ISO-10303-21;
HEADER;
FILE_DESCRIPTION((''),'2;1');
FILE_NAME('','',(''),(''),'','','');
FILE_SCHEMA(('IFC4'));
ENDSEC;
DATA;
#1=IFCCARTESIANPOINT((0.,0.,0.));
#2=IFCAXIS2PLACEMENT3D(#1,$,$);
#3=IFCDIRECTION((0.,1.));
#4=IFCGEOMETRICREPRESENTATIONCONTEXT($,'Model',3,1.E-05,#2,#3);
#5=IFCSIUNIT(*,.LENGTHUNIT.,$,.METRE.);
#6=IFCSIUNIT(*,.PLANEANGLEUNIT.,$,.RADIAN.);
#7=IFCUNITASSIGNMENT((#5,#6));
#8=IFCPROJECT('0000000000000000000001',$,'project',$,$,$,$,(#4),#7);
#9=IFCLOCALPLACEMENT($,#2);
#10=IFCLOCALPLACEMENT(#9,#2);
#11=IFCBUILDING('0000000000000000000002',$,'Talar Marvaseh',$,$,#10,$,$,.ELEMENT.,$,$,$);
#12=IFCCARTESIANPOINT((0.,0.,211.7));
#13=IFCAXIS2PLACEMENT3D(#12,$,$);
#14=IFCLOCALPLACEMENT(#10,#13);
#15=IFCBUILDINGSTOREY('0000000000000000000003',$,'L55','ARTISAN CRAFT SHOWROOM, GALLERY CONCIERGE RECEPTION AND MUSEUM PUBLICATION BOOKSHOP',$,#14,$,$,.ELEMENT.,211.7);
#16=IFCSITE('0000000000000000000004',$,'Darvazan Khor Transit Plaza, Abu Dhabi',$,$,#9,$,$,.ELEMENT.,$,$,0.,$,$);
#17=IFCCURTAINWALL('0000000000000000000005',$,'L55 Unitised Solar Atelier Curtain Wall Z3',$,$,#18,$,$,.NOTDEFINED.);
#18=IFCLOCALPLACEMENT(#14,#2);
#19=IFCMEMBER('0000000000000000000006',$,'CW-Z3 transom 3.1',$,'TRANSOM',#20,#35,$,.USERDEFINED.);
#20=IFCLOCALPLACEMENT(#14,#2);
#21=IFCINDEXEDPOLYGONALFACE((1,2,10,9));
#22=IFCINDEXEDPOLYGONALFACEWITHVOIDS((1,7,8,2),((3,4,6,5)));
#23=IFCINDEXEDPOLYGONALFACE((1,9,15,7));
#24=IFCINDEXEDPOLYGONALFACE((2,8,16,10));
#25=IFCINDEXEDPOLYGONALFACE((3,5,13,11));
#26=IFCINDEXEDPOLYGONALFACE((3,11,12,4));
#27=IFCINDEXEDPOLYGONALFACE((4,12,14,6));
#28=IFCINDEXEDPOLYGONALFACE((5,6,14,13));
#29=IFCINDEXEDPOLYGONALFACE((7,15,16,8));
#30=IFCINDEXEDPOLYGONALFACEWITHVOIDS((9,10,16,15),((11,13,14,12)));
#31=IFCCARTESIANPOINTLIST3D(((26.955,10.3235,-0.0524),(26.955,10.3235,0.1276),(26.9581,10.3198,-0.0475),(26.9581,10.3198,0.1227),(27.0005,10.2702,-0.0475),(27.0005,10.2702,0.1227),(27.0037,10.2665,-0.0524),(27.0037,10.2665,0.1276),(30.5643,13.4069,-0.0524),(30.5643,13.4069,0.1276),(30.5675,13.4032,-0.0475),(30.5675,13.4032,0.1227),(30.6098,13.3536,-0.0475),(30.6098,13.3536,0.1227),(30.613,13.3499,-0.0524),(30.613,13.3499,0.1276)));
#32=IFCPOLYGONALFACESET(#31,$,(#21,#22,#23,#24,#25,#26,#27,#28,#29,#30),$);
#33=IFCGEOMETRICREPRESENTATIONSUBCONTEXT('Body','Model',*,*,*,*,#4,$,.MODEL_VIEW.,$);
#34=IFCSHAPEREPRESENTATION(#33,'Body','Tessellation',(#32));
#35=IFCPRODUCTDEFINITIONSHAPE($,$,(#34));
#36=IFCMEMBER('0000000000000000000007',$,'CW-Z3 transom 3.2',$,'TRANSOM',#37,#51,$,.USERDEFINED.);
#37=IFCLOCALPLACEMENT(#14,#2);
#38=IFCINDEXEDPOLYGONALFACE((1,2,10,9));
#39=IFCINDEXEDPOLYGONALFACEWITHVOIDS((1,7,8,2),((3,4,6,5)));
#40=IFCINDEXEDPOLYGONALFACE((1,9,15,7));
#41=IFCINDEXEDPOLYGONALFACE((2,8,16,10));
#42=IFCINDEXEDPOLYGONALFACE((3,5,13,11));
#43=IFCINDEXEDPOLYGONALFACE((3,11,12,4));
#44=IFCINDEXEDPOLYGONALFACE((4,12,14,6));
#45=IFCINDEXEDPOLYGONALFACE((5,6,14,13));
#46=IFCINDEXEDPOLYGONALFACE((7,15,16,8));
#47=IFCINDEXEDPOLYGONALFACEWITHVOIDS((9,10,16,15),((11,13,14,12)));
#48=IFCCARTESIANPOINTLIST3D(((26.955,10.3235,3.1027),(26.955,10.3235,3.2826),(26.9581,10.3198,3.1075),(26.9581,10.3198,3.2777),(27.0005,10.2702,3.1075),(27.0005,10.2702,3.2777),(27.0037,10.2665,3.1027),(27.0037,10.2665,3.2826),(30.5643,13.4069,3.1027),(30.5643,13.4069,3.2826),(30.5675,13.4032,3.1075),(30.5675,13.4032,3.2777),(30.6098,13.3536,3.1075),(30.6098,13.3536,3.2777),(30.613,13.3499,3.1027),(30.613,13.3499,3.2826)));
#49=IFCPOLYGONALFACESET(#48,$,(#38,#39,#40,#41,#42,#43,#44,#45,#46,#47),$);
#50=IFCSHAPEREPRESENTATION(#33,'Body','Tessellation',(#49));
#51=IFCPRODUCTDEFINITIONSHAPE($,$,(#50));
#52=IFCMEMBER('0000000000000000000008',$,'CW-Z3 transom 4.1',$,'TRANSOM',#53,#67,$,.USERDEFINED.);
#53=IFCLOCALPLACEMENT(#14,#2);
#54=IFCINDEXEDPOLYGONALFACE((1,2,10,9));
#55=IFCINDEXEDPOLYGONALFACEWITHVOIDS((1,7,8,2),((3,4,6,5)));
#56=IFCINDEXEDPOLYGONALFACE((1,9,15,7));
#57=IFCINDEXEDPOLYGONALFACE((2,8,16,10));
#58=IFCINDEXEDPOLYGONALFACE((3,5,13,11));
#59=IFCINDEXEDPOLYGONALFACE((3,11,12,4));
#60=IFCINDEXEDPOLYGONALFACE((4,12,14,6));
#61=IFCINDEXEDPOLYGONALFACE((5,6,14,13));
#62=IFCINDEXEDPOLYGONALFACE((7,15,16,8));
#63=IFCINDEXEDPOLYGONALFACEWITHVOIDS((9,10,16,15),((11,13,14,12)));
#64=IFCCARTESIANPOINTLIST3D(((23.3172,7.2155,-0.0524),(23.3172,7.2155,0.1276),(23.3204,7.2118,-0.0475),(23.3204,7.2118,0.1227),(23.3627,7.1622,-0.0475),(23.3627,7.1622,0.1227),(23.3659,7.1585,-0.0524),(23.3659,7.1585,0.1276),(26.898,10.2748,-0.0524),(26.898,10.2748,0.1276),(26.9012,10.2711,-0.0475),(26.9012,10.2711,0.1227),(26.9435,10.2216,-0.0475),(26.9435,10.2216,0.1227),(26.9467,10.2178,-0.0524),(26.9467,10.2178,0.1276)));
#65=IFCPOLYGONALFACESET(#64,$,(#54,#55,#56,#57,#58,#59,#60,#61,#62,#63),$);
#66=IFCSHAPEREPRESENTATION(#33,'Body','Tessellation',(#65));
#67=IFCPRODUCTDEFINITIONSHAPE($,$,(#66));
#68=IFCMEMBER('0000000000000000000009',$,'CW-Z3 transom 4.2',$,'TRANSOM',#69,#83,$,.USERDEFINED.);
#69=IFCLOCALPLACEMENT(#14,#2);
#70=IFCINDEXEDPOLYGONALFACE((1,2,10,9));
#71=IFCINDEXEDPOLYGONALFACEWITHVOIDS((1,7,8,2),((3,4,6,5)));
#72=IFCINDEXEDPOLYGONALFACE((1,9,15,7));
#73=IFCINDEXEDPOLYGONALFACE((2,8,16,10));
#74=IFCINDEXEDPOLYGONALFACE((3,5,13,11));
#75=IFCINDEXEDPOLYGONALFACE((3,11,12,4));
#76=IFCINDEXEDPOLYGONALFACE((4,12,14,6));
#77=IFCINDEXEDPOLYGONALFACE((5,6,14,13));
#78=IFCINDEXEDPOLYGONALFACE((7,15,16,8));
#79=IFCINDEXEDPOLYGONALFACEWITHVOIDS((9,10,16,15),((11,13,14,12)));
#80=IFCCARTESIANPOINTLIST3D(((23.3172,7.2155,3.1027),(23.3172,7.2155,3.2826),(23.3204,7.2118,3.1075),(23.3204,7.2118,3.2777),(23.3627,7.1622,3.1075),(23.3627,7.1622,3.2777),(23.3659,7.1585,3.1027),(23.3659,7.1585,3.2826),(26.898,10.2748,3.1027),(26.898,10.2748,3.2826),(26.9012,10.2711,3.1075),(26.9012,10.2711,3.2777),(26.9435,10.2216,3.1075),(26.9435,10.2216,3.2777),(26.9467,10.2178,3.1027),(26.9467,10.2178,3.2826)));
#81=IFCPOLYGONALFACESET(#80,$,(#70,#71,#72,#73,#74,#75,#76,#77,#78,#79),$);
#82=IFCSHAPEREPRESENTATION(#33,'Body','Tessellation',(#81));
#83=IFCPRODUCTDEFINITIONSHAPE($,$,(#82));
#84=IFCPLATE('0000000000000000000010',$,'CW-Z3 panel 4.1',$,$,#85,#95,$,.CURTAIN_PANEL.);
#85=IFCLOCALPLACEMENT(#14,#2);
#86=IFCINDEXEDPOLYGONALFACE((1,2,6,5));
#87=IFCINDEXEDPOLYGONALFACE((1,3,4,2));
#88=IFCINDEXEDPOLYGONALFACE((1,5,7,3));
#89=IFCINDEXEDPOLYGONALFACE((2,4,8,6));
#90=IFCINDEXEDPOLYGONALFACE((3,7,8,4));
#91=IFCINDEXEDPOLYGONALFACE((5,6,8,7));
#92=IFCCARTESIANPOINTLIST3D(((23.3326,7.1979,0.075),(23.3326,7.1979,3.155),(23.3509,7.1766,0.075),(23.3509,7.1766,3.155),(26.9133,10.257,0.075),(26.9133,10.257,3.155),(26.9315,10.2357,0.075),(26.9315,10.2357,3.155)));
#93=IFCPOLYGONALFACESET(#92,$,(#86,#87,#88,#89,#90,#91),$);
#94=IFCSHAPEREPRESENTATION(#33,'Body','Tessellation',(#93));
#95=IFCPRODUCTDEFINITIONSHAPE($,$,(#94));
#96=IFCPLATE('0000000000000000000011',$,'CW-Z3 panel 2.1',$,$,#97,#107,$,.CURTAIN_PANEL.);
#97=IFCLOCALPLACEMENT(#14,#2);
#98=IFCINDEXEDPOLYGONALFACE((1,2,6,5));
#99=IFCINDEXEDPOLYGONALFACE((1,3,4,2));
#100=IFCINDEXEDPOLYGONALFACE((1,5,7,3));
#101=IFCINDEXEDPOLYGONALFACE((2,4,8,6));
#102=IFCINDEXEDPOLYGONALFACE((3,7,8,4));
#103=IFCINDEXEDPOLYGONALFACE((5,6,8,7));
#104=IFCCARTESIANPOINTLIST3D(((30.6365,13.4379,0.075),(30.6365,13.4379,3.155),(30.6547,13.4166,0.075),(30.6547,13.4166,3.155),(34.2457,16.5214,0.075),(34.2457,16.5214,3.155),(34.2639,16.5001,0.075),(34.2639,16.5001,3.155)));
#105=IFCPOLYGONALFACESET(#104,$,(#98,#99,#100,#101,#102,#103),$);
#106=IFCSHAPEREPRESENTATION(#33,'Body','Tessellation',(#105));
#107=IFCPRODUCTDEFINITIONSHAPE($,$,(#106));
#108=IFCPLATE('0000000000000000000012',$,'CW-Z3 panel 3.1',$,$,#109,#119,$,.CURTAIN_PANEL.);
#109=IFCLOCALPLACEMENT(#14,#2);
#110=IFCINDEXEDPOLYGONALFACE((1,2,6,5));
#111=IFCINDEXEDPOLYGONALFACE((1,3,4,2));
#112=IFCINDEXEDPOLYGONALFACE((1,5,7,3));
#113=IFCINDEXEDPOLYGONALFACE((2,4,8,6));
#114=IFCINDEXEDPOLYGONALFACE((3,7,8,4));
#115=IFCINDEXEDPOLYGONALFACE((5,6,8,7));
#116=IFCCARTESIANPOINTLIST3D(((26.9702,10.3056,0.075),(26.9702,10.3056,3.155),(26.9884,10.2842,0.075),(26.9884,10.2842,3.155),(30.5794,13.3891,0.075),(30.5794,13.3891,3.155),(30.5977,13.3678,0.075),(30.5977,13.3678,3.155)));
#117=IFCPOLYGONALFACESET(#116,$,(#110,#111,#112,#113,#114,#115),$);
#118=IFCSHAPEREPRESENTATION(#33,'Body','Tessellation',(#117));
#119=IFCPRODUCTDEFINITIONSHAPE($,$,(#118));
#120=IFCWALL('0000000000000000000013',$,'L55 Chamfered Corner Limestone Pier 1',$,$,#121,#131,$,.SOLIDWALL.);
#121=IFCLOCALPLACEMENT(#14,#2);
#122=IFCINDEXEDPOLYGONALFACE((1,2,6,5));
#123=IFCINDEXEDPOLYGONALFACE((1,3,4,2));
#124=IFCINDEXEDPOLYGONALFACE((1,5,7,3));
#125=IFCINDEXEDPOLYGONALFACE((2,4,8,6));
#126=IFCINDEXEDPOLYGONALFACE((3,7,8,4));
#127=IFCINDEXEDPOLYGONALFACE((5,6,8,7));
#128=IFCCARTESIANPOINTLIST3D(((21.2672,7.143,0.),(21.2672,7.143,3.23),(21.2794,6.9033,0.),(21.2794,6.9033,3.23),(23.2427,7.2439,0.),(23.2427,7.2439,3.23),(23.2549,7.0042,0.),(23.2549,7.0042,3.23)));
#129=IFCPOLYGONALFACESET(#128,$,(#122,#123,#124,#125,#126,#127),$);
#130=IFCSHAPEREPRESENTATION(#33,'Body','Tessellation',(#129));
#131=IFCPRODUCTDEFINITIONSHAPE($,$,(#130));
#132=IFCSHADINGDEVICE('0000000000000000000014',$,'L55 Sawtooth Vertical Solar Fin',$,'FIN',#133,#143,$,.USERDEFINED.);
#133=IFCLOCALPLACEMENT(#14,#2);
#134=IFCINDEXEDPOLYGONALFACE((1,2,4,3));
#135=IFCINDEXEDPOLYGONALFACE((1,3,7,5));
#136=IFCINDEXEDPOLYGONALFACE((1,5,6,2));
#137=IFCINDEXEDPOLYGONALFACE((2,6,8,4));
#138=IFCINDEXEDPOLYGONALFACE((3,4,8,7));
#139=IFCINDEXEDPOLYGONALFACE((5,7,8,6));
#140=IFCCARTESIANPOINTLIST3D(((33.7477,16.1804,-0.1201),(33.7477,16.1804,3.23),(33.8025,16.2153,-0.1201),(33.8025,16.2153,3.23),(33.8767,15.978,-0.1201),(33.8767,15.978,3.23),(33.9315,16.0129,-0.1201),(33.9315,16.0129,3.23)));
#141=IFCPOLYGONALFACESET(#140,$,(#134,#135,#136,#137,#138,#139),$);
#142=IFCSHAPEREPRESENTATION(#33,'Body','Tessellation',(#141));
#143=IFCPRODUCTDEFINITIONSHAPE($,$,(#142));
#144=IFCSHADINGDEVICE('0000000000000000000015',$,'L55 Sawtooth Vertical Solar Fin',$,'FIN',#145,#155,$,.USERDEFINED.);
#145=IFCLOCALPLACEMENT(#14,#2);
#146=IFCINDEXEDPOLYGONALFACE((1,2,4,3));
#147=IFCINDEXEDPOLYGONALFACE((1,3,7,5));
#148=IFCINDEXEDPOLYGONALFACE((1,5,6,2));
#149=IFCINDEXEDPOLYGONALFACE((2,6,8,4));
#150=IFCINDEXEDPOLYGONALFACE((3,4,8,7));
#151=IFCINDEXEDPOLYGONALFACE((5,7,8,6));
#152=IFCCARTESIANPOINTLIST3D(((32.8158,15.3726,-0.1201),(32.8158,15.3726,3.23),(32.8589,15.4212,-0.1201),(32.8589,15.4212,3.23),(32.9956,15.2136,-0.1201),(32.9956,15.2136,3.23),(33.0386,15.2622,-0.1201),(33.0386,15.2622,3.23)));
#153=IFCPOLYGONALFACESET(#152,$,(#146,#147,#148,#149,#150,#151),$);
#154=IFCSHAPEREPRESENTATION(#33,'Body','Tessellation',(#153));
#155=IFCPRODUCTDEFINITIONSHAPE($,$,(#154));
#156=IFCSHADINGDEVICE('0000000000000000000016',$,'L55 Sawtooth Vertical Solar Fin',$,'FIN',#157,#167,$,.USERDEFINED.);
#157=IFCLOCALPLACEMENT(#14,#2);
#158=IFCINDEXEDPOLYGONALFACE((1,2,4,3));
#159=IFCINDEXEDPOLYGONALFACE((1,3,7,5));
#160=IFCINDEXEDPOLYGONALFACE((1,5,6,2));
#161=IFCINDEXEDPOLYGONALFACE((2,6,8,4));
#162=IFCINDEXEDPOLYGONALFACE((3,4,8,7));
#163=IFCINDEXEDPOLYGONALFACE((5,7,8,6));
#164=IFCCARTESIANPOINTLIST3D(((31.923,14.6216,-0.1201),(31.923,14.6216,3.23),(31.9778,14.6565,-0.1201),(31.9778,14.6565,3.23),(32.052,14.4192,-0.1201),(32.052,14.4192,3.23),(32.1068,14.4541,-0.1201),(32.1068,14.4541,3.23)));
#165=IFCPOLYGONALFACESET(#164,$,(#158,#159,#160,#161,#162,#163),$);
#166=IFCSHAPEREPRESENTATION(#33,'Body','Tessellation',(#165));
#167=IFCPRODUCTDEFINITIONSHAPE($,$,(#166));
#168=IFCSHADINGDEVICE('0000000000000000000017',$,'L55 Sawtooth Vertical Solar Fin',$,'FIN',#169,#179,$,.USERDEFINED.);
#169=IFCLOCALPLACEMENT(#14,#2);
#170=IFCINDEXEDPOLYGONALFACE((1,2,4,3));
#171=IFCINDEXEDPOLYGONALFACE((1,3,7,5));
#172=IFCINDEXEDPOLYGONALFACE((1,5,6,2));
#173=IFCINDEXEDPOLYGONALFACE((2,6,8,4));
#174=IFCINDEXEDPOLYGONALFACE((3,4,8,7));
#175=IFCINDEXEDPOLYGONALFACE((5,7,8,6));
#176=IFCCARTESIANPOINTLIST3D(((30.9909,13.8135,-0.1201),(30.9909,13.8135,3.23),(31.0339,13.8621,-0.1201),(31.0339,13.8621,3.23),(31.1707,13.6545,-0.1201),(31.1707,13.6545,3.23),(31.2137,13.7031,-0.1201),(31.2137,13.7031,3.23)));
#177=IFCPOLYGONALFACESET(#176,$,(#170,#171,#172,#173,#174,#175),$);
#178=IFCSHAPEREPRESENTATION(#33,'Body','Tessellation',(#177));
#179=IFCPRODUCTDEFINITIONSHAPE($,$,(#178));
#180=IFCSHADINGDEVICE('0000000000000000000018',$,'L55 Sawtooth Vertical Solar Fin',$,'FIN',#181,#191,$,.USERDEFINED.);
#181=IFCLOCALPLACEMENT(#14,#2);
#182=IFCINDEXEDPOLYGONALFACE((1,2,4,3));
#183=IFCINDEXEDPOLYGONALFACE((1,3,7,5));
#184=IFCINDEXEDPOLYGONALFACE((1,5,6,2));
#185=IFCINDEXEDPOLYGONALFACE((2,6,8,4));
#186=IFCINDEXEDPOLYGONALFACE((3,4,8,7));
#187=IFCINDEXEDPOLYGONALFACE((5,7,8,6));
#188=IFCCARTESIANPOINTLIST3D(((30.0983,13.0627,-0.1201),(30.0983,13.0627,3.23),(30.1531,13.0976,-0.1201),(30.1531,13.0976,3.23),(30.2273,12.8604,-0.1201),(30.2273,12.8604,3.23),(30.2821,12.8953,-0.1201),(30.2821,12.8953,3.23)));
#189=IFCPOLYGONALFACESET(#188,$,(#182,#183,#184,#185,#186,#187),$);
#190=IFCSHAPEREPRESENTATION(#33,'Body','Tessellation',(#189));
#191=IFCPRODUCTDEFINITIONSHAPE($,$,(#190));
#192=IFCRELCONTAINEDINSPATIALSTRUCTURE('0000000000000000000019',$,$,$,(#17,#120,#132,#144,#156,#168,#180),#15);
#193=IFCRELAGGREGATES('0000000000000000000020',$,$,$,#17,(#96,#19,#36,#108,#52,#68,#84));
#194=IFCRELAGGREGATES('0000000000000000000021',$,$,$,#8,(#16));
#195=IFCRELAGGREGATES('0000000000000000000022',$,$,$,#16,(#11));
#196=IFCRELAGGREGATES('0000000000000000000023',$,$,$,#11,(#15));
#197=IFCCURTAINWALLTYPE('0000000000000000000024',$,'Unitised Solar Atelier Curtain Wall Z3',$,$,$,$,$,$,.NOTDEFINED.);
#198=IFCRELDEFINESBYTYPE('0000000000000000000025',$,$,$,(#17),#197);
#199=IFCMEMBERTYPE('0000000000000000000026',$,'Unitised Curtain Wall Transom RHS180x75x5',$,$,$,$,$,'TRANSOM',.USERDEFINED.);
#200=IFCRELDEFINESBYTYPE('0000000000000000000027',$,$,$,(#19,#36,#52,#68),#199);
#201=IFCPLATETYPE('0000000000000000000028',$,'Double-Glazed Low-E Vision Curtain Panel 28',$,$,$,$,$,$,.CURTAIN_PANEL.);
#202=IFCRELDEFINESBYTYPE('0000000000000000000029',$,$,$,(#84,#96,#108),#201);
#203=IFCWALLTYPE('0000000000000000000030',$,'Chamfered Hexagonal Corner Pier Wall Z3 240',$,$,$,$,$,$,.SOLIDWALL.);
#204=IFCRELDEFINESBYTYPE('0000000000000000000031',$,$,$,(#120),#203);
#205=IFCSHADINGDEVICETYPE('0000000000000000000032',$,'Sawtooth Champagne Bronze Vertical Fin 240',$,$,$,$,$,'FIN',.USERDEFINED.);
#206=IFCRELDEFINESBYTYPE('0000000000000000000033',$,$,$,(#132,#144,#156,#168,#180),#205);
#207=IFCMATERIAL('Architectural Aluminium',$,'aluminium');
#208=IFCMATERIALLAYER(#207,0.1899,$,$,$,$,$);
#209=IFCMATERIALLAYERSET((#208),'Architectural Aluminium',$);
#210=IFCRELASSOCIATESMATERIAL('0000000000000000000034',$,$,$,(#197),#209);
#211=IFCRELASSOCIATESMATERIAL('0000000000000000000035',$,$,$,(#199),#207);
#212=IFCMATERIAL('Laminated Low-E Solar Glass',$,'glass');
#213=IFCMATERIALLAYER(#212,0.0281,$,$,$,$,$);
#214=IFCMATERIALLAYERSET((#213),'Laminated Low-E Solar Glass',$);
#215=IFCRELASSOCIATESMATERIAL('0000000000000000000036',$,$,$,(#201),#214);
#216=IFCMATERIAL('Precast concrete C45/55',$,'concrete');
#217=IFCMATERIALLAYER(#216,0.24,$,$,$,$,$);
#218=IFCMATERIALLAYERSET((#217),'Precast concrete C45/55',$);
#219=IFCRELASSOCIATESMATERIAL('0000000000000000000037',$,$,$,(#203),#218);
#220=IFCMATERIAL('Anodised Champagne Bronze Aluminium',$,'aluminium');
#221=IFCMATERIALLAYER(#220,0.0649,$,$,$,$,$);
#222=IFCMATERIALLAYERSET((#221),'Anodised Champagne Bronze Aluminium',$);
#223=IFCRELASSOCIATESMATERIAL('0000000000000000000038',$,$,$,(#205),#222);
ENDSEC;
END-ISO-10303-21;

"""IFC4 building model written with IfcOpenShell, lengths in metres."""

from ifc_helpers import new_model, si_unit, direction, frame, frame_2d, origin, origin_2d, place, context, subcontext, project, spatial, rectangle, hollow_rectangle, extrude, source, transform, mapped, material, layer, layer_set, material_profile, profile_set, type_object, type_shapes, element, aggregate, save


model = new_model("IFC4")

# Units and contexts
model_context = context("Model", 3, precision=1e-05, world=origin(), true_north=direction((0.0, 1.0)))
body_context = subcontext(model_context, "Body", "Model", "MODEL_VIEW")
ifc_project = project(units=[si_unit("LENGTHUNIT", "METRE"), si_unit("PLANEANGLEUNIT", "RADIAN")], contexts=[model_context])

# Site, building, storey
site_placement = place(None, origin())
site = spatial("IfcSite", under=ifc_project, at=site_placement, Name="Darvazan Khor Transit Plaza, Abu Dhabi", CompositionType="ELEMENT", RefElevation=0.0)
building_placement = place(site_placement, origin())
building = spatial("IfcBuilding", under=site, at=building_placement, Name="Talar Marvaseh", CompositionType="ELEMENT")
storey_placement = place(building_placement, frame((0.0, 0.0, 211.7)))
storey = spatial("IfcBuildingStorey", under=building, at=storey_placement, Name="L55", Description="ARTISAN CRAFT SHOWROOM, GALLERY CONCIERGE RECEPTION AND MUSEUM PUBLICATION BOOKSHOP", CompositionType="ELEMENT", Elevation=211.7)

# Curtain wall, members, plates
ifc_material_1 = material(Name="Architectural Aluminium", Category="aluminium")
ifc_layer_1 = layer(ifc_material_1, 0.1899)
ifc_layer_set_1 = layer_set([ifc_layer_1], Name="Architectural Aluminium")
curtain_wall_type = type_object("IfcCurtainWallType", Name="Unitised Solar Atelier Curtain Wall Z3", PredefinedType="NOTDEFINED", material=ifc_layer_set_1)
curtain_wall_placement = place(storey_placement, origin())
curtain_wall = element("IfcCurtainWall", 1, at=curtain_wall_placement, inside=storey, type_object=curtain_wall_type, Name="L55 Unitised Solar Atelier Curtain Wall Z3", PredefinedType="NOTDEFINED")
ifc_material_profile_1 = material_profile(ifc_material_1, hollow_rectangle(XDim=0.075, YDim=0.1799, WallThickness=0.0049, at=origin_2d()), Name="RHS180x75x5")
ifc_profile_set_1 = profile_set([ifc_material_profile_1], Name="Architectural Aluminium")
member_type_1 = type_object("IfcMemberType", Name="Unitised Curtain Wall Transom RHS180x75x5", ElementType="TRANSOM", PredefinedType="USERDEFINED", material=ifc_profile_set_1)
shared_shape_1 = source(origin(), body_context, "Body", "SweptSolid", [
    extrude(hollow_rectangle(XDim=0.075, YDim=0.1799, WallThickness=0.0049, at=origin_2d()), origin(), (0.0, 0.0, 1.0), 4.7471),
])
member_1_placement = place(storey_placement, frame((30.5886, 13.3784, 0.0376), z_axis=(-0.760323, -0.649545, 0.0), x_axis=(0.649545, -0.760323, 0.0)))
member_1 = element("IfcMember", 2, at=member_1_placement, type_object=member_type_1, Name="CW-Z3 transom 3.1", ObjectType="TRANSOM", PredefinedType="USERDEFINED", context=body_context, shape_type="MappedRepresentation", body=[
    mapped(shared_shape_1, transform((0.0, 0.0, 0.0), x_axis=(1.0, 0.0, 0.0), y_axis=(0.0, 1.0, 0.0), z_axis=(0.0, 0.0, 1.0), scale=1.0)),
])
member_2_placement = place(storey_placement, frame((30.5886, 13.3784, 3.1926), z_axis=(-0.760323, -0.649545, 0.0), x_axis=(0.649545, -0.760323, 0.0)))
member_2 = element("IfcMember", 3, at=member_2_placement, type_object=member_type_1, Name="CW-Z3 transom 3.2", ObjectType="TRANSOM", PredefinedType="USERDEFINED", context=body_context, shape_type="MappedRepresentation", body=[
    mapped(shared_shape_1, transform((0.0, 0.0, 0.0), x_axis=(1.0, 0.0, 0.0), y_axis=(0.0, 1.0, 0.0), z_axis=(0.0, 0.0, 1.0), scale=1.0)),
])
shared_shape_2 = source(origin(), body_context, "Body", "SweptSolid", [
    extrude(hollow_rectangle(XDim=0.075, YDim=0.1799, WallThickness=0.0049, at=origin_2d()), origin(), (0.0, 0.0, 1.0), 4.7097),
])
type_shapes(member_type_1, [shared_shape_1, shared_shape_2])
member_3_placement = place(storey_placement, frame((26.9224, 10.2463, 0.0376), z_axis=(-0.760298, -0.649574, 0.0), x_axis=(0.649574, -0.760298, 0.0)))
member_3 = element("IfcMember", 4, at=member_3_placement, type_object=member_type_1, Name="CW-Z3 transom 4.1", ObjectType="TRANSOM", PredefinedType="USERDEFINED", context=body_context, shape_type="MappedRepresentation", body=[
    mapped(shared_shape_2, transform((0.0, 0.0, 0.0), x_axis=(1.0, 0.0, 0.0), y_axis=(0.0, 1.0, 0.0), z_axis=(0.0, 0.0, 1.0), scale=1.0)),
])
member_4_placement = place(storey_placement, frame((26.9224, 10.2463, 3.1926), z_axis=(-0.760298, -0.649574, 0.0), x_axis=(0.649574, -0.760298, 0.0)))
member_4 = element("IfcMember", 5, at=member_4_placement, type_object=member_type_1, Name="CW-Z3 transom 4.2", ObjectType="TRANSOM", PredefinedType="USERDEFINED", context=body_context, shape_type="MappedRepresentation", body=[
    mapped(shared_shape_2, transform((0.0, 0.0, 0.0), x_axis=(1.0, 0.0, 0.0), y_axis=(0.0, 1.0, 0.0), z_axis=(0.0, 0.0, 1.0), scale=1.0)),
])
ifc_material_2 = material(Name="Laminated Low-E Solar Glass", Category="glass")
ifc_layer_2 = layer(ifc_material_2, 0.0281)
ifc_layer_set_2 = layer_set([ifc_layer_2], Name="Laminated Low-E Solar Glass")
plate_type = type_object("IfcPlateType", Name="Double-Glazed Low-E Vision Curtain Panel 28", PredefinedType="CURTAIN_PANEL", material=ifc_layer_set_2)
shared_shape_3 = source(origin(), body_context, "Body", "SweptSolid", [
    extrude(rectangle(XDim=4.7095, YDim=0.0281, at=origin_2d()), origin(), (0.0, 0.0, 1.0), 3.0801),
])
plate_1_placement = place(storey_placement, frame((25.1321, 8.7168, 0.075), z_axis=(0.0, 0.0, 1.0), x_axis=(-0.760306, -0.649565, 0.0)))
plate_1 = element("IfcPlate", 6, at=plate_1_placement, type_object=plate_type, Name="CW-Z3 panel 4.1", PredefinedType="CURTAIN_PANEL", context=body_context, shape_type="MappedRepresentation", body=[
    mapped(shared_shape_3, transform((0.0, 0.0, 0.0), x_axis=(1.0, 0.0, 0.0), y_axis=(0.0, 1.0, 0.0), z_axis=(0.0, 0.0, 1.0), scale=1.0)),
])
shared_shape_4 = source(origin(), body_context, "Body", "SweptSolid", [
    extrude(rectangle(XDim=4.7471, YDim=0.0281, at=origin_2d()), origin(), (0.0, 0.0, 1.0), 3.0801),
])
type_shapes(plate_type, [shared_shape_3, shared_shape_4])
plate_2_placement = place(storey_placement, frame((32.4502, 14.969, 0.075), z_axis=(0.0, 0.0, 1.0), x_axis=(-0.760306, -0.649565, 0.0)))
plate_2 = element("IfcPlate", 7, at=plate_2_placement, type_object=plate_type, Name="CW-Z3 panel 2.1", PredefinedType="CURTAIN_PANEL", context=body_context, shape_type="MappedRepresentation", body=[
    mapped(shared_shape_4, transform((0.0, 0.0, 0.0), x_axis=(1.0, 0.0, 0.0), y_axis=(0.0, 1.0, 0.0), z_axis=(0.0, 0.0, 1.0), scale=1.0)),
])
plate_3_placement = place(storey_placement, frame((28.7839, 11.8367, 0.075), z_axis=(0.0, 0.0, 1.0), x_axis=(-0.760306, -0.649565, 0.0)))
plate_3 = element("IfcPlate", 8, at=plate_3_placement, type_object=plate_type, Name="CW-Z3 panel 3.1", PredefinedType="CURTAIN_PANEL", context=body_context, shape_type="MappedRepresentation", body=[
    mapped(shared_shape_4, transform((0.0, 0.0, 0.0), x_axis=(1.0, 0.0, 0.0), y_axis=(0.0, 1.0, 0.0), z_axis=(0.0, 0.0, 1.0), scale=1.0)),
])
aggregate(curtain_wall, [plate_2, member_1, member_2, plate_3, member_3, member_4, plate_1])

# Wall
ifc_material_3 = material(Name="Precast concrete C45/55", Category="concrete")
ifc_layer_3 = layer(ifc_material_3, 0.24)
ifc_layer_set_3 = layer_set([ifc_layer_3], Name="Precast concrete C45/55")
wall_type = type_object("IfcWallType", Name="Chamfered Hexagonal Corner Pier Wall Z3 240", PredefinedType="SOLIDWALL", material=ifc_layer_set_3)
wall_placement = place(storey_placement, frame((23.2488, 7.124, 0.0), z_axis=(0.0, 0.0, 1.0), x_axis=(-0.9987, -0.050978, 0.0)))
element("IfcWall", 9, at=wall_placement, inside=storey, type_object=wall_type, Name="L55 Chamfered Corner Limestone Pier 1", PredefinedType="SOLIDWALL", context=body_context, shape_type="SweptSolid", body=[
    extrude(rectangle(XDim=1.978, YDim=0.24, at=frame_2d((0.989, 0.0))), origin(), (0.0, 0.0, 1.0), 3.23),
])

# Shading devices
ifc_material_4 = material(Name="Anodised Champagne Bronze Aluminium", Category="aluminium")
ifc_layer_4 = layer(ifc_material_4, 0.0649)
ifc_layer_set_4 = layer_set([ifc_layer_4], Name="Anodised Champagne Bronze Aluminium")
shading_device_type = type_object("IfcShadingDeviceType", Name="Sawtooth Champagne Bronze Vertical Fin 240", ElementType="FIN", PredefinedType="USERDEFINED", material=ifc_layer_set_4)
shared_shape_5 = source(origin(), body_context, "Body", "SweptSolid", [
    extrude(rectangle(XDim=0.24, YDim=0.0649, at=origin_2d()), origin(), (0.0, 0.0, 1.0), 3.3501),
])
type_shapes(shading_device_type, [shared_shape_5])
for number, where, z_axis, x_axis, name in (
    (10, (33.8396, 16.0967, -0.1201), (0.0, 0.0, 1.0), (0.537447, -0.843298, 0.0), "L55 Sawtooth Vertical Solar Fin"),
    (11, (32.9272, 15.3174, -0.1201), (0.0, 0.0, 1.0), (0.749071, -0.662489, 0.0), "L55 Sawtooth Vertical Solar Fin"),
    (12, (32.0149, 14.5378, -0.1201), (0.0, 0.0, 1.0), (0.537447, -0.843298, 0.0), "L55 Sawtooth Vertical Solar Fin"),
    (13, (31.1023, 13.7583, -0.1201), (0.0, 0.0, 1.0), (0.749071, -0.662489, 0.0), "L55 Sawtooth Vertical Solar Fin"),
    (14, (30.1902, 12.979, -0.1201), (0.0, 0.0, 1.0), (0.537447, -0.843298, 0.0), "L55 Sawtooth Vertical Solar Fin"),
):
    element("IfcShadingDevice", number, at=place(storey_placement, frame(where, z_axis=z_axis, x_axis=x_axis)), inside=storey, type_object=shading_device_type, Name=name, ObjectType="FIN", PredefinedType="USERDEFINED", context=body_context, shape_type="MappedRepresentation", body=[
        mapped(shared_shape_5, transform((0.0, 0.0, 0.0), x_axis=(1.0, 0.0, 0.0), y_axis=(0.0, 1.0, 0.0), z_axis=(0.0, 0.0, 1.0), scale=1.0)),
    ])

save(model, "model.ifc")
